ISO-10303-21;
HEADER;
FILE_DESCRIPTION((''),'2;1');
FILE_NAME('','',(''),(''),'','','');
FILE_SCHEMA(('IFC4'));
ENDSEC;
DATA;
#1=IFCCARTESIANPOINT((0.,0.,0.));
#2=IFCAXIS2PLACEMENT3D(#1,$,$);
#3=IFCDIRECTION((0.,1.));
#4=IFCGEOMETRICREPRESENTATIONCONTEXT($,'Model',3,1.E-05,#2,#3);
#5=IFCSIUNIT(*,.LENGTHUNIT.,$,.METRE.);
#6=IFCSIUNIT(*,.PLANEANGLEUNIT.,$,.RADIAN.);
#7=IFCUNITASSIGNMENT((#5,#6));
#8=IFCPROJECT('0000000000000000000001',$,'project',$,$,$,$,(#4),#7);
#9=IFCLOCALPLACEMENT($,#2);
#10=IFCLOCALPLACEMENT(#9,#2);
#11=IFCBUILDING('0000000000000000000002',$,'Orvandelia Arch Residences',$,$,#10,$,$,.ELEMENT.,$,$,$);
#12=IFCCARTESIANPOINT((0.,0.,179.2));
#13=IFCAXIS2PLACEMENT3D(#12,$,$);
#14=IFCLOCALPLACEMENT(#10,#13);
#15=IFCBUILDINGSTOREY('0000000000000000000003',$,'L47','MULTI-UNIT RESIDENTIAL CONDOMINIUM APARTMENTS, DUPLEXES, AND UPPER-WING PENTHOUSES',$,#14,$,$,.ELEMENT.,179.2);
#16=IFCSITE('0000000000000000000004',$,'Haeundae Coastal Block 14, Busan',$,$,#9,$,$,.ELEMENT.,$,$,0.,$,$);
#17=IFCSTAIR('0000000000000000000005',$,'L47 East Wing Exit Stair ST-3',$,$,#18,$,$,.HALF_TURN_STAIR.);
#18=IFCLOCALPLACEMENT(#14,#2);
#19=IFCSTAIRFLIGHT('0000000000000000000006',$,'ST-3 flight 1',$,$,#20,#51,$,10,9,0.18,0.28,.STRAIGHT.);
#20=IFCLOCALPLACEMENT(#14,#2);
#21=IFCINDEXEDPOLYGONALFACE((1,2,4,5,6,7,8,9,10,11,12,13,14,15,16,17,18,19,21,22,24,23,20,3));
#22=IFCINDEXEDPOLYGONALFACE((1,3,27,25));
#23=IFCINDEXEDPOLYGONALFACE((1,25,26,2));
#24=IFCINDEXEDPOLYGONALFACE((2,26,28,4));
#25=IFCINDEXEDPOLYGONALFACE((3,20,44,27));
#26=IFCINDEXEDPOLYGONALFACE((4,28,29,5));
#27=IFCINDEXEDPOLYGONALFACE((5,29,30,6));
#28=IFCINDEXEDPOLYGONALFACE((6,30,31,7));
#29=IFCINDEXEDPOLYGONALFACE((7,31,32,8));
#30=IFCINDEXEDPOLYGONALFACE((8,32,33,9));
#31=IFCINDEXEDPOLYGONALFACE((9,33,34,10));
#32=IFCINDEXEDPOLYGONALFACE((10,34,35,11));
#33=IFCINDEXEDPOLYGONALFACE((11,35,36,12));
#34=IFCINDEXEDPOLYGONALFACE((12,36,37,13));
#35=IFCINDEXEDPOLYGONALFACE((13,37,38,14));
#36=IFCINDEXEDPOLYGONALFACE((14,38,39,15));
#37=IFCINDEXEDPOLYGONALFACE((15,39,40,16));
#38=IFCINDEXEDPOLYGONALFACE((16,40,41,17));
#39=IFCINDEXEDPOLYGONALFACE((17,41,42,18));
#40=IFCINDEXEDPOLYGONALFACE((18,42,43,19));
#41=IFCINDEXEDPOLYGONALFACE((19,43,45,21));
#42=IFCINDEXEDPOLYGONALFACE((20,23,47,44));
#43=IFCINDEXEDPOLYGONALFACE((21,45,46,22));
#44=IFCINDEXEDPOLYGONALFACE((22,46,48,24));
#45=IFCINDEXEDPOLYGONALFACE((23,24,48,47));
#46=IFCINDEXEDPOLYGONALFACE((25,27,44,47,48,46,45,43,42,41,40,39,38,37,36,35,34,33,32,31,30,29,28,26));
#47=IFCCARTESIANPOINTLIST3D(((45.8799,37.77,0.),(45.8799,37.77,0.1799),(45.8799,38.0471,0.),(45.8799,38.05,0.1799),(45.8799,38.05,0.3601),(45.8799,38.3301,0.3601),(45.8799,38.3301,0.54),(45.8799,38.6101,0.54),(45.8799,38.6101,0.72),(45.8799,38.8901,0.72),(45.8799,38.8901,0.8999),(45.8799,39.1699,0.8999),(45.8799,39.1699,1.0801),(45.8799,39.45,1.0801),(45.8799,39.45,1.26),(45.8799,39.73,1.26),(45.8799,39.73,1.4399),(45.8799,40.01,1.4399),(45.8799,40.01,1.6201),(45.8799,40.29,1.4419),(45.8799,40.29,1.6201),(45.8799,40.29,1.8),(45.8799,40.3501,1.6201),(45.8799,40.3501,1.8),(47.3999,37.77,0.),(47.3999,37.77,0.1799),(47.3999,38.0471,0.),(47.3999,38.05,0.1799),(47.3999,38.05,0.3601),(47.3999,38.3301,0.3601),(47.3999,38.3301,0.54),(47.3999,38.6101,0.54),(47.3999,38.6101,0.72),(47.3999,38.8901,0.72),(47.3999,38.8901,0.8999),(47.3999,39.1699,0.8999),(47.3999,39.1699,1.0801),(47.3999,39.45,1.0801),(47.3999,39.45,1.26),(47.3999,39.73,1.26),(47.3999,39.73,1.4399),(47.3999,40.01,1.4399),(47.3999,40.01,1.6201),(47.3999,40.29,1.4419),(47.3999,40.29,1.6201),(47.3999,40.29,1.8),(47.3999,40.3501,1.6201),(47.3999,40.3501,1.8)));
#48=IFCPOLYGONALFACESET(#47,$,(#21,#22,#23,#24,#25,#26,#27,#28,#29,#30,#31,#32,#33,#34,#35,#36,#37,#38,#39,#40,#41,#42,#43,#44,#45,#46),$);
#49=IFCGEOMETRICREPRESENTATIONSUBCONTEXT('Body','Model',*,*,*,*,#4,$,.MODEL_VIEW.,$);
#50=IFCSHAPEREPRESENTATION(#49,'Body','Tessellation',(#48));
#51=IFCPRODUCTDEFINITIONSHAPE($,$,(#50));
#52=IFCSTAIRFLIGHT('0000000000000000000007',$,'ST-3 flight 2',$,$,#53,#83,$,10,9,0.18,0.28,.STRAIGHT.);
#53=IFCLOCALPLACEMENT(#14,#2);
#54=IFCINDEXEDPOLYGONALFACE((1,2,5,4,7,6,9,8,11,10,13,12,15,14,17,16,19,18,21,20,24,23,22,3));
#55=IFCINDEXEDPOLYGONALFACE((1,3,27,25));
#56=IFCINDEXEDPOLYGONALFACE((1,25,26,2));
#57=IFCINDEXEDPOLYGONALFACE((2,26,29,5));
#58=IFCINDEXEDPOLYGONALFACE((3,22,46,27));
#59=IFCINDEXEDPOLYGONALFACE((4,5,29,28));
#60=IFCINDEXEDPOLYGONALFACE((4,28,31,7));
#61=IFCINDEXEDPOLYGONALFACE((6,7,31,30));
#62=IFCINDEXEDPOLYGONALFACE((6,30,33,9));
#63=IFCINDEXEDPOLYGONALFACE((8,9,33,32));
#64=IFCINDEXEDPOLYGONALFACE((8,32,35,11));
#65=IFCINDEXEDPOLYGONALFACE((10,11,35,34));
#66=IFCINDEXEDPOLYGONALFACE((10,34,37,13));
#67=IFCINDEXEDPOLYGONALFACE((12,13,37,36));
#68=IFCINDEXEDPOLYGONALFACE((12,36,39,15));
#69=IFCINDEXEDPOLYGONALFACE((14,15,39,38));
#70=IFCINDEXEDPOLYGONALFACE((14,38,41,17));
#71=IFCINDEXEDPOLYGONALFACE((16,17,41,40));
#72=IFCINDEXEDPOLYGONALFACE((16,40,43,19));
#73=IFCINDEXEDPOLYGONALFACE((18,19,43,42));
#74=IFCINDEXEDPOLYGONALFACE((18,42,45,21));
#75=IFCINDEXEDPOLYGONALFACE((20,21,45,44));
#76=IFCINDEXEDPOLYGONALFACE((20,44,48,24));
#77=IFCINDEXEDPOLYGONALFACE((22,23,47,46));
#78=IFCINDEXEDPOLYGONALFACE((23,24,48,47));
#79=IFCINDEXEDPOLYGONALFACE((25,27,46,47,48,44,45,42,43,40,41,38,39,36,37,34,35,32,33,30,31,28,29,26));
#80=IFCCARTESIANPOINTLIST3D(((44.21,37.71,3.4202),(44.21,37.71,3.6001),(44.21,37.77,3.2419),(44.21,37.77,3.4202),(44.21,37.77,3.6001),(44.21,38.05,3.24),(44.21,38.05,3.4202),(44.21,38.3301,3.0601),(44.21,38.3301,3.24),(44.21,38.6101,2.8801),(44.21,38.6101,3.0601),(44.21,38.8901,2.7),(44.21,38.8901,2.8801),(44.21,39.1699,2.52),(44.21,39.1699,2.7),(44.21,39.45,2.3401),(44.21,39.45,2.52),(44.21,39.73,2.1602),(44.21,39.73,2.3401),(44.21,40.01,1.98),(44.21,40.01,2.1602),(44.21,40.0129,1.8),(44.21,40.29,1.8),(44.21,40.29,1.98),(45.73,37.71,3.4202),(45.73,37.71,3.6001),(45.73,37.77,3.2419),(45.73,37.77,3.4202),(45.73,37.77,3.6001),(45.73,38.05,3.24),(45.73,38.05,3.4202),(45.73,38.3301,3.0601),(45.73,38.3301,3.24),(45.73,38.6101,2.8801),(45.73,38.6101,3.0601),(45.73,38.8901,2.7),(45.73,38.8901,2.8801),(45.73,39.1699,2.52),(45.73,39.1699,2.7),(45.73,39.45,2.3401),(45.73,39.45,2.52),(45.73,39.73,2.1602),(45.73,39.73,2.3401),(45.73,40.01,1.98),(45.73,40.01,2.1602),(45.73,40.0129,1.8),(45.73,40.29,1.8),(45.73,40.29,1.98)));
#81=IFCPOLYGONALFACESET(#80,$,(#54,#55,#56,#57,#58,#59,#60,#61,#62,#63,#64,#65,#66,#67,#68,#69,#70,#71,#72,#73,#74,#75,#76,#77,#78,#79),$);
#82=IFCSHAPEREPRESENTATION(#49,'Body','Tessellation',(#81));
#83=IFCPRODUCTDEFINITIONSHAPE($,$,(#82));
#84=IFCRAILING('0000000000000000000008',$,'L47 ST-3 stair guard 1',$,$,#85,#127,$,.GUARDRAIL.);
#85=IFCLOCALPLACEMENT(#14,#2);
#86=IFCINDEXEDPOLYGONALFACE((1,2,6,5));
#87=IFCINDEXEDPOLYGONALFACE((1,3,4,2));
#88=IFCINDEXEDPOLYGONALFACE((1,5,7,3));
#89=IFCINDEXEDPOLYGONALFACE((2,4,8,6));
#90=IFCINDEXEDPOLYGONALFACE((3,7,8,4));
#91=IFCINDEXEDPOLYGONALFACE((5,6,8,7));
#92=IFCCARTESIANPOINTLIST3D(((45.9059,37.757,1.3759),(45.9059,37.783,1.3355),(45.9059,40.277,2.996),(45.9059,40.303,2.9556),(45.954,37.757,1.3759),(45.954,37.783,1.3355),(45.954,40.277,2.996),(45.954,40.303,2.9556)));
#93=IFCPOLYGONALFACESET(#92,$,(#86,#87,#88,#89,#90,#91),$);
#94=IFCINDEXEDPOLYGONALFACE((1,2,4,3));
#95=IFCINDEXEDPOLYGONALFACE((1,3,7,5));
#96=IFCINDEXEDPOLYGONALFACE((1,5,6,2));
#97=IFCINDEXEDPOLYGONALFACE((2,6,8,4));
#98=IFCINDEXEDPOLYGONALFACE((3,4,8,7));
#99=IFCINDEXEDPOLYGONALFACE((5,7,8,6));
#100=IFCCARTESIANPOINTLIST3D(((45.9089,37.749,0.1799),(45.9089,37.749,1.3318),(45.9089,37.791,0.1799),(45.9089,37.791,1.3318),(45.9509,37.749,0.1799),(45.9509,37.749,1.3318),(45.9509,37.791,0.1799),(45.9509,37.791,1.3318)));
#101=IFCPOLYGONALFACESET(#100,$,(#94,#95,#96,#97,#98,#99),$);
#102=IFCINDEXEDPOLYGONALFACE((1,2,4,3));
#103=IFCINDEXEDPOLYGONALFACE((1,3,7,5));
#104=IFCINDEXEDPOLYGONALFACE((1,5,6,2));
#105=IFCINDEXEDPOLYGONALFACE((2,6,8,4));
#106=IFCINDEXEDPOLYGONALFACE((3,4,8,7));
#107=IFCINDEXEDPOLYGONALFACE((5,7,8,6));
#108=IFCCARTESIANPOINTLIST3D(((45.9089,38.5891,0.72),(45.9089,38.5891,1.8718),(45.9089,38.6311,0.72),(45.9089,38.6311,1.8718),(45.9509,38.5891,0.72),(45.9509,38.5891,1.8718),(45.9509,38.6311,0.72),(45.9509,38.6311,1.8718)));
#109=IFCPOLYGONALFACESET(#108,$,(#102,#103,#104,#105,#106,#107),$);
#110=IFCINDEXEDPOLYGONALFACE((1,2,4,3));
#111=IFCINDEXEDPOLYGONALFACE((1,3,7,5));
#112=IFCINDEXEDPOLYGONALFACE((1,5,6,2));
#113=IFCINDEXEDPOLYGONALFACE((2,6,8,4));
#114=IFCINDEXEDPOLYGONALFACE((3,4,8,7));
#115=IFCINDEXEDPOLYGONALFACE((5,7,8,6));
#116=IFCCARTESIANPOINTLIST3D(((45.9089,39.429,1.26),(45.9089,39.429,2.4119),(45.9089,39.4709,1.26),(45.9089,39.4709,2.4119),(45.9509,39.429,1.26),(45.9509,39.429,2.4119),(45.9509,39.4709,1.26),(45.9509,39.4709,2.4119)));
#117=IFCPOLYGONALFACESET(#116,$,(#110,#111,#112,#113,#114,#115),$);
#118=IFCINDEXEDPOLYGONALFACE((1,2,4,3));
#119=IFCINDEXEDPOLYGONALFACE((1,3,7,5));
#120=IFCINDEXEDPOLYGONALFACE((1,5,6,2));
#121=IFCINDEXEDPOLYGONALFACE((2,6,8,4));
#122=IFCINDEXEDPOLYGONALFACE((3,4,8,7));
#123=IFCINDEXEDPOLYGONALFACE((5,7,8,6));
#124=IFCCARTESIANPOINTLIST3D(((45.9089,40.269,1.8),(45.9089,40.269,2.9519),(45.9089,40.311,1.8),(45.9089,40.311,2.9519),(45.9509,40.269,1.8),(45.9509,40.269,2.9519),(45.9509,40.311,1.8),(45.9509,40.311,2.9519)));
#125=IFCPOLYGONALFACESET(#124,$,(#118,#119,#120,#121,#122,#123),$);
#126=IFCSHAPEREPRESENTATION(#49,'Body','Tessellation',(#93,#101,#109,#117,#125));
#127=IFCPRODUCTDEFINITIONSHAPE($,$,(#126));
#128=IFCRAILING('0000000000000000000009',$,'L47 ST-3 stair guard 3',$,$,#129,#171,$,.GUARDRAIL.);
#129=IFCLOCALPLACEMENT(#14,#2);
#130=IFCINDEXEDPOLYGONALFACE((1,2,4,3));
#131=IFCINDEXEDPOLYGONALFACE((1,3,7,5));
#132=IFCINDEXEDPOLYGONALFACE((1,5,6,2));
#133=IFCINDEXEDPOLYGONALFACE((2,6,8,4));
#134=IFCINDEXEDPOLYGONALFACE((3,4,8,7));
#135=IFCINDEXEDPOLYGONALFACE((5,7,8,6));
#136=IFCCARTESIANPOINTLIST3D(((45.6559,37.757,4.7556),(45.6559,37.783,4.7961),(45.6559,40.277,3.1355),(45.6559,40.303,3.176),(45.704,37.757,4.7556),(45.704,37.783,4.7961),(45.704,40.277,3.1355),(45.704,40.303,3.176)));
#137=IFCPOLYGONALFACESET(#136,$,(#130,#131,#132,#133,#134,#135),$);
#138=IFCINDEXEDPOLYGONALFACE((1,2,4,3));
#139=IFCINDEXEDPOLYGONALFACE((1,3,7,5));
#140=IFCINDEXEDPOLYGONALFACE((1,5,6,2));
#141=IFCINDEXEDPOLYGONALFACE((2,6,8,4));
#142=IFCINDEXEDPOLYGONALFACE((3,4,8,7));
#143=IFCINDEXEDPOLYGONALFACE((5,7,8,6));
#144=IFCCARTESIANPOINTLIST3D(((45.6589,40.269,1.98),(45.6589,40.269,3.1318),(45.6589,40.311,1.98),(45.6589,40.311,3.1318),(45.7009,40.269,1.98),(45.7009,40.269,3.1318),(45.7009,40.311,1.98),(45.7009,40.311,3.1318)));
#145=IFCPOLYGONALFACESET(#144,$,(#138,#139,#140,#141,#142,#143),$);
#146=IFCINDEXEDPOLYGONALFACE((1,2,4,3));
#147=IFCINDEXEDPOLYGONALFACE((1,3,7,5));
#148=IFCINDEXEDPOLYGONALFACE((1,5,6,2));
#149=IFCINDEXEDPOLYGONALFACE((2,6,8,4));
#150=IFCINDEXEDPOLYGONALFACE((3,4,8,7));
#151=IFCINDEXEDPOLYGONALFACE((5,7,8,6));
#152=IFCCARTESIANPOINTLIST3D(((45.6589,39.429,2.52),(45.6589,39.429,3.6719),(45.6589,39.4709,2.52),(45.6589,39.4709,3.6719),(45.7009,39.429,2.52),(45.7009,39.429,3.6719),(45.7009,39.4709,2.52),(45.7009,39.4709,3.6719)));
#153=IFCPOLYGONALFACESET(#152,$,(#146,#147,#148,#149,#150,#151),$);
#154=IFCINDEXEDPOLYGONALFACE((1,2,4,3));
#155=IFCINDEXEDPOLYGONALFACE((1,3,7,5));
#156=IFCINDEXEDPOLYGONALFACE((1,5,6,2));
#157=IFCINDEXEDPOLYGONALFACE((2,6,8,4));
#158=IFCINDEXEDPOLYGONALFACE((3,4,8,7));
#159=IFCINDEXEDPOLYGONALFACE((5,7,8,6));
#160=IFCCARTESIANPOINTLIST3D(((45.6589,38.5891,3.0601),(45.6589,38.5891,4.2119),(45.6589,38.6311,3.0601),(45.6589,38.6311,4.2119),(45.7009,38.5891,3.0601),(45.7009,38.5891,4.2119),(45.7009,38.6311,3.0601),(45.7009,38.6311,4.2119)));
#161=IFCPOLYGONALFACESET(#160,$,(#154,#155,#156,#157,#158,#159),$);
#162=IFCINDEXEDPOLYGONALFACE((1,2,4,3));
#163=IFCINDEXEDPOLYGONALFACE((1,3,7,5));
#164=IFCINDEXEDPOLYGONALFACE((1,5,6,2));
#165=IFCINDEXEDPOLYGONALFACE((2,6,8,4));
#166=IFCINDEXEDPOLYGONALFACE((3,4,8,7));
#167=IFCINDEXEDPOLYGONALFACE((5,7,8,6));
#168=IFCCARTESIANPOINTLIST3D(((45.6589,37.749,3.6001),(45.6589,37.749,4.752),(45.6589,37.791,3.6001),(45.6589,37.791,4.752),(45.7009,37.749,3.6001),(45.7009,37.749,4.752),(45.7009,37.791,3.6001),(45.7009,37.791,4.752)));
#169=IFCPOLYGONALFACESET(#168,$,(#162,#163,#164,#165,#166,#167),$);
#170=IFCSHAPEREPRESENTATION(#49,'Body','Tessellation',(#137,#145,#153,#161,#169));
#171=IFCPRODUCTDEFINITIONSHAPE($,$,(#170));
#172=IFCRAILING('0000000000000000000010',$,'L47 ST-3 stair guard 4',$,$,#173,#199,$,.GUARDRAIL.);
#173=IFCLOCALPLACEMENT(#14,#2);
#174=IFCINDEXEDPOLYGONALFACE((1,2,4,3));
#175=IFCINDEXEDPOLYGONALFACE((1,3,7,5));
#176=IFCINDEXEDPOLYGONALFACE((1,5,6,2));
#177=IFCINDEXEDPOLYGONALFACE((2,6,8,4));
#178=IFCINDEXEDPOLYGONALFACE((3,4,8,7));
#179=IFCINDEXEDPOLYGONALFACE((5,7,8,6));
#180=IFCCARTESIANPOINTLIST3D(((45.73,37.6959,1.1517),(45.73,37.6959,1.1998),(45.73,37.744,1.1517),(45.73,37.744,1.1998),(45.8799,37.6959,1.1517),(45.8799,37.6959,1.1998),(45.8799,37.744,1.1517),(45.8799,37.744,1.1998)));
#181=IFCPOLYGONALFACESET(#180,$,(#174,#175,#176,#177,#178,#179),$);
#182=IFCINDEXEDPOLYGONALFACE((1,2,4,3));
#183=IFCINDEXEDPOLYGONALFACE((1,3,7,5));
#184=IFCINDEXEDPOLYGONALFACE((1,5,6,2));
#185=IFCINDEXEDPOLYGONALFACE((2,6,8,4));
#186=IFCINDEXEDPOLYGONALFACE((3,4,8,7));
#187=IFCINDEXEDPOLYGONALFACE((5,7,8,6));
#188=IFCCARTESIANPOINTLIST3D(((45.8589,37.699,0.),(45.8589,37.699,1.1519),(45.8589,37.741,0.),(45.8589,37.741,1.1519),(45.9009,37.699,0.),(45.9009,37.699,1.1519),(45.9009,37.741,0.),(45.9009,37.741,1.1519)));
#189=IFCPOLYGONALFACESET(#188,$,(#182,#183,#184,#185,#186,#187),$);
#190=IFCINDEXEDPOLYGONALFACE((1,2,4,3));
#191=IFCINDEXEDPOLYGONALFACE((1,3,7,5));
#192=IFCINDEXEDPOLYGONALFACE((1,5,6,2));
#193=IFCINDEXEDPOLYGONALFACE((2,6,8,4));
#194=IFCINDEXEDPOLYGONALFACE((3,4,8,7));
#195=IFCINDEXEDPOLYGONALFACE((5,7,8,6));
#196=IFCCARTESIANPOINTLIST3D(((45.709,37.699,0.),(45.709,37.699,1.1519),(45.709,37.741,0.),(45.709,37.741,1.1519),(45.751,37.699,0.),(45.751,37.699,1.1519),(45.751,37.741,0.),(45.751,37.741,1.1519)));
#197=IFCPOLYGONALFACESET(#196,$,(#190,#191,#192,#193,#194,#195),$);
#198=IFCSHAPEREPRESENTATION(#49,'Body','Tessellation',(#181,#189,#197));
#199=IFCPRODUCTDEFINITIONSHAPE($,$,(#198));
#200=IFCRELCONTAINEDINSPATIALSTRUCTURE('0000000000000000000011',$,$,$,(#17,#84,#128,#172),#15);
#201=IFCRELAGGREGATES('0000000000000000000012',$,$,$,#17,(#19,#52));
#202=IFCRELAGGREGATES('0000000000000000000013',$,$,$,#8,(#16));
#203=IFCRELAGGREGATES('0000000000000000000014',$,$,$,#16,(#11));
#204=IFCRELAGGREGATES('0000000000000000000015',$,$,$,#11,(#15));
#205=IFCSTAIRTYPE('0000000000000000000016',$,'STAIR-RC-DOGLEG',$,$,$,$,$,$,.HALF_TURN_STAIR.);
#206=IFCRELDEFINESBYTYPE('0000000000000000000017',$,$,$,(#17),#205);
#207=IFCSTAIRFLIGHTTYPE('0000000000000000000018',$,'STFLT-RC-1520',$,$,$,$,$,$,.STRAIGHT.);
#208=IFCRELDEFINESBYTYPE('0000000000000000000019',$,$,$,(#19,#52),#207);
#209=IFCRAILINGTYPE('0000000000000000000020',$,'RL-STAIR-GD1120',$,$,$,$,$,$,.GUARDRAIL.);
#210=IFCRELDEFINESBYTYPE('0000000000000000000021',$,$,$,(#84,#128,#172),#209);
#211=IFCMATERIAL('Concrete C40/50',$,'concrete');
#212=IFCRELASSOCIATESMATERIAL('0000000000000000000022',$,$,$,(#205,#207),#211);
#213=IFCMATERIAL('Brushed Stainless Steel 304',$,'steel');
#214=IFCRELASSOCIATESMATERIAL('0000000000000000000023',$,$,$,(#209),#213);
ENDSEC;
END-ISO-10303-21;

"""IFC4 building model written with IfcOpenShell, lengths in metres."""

from ifc_helpers import new_model, si_unit, direction, frame, origin, origin_2d, place, context, subcontext, project, spatial, polyline, rectangle, outline, extrude, material, type_object, element, aggregate, save


model = new_model("IFC4")

# Units and contexts
model_context = context("Model", 3, precision=1e-05, world=origin(), true_north=direction((0.0, 1.0)))
body_context = subcontext(model_context, "Body", "Model", "MODEL_VIEW")
ifc_project = project(units=[si_unit("LENGTHUNIT", "METRE"), si_unit("PLANEANGLEUNIT", "RADIAN")], contexts=[model_context])

# Site, building, storey
site_placement = place(None, origin())
site = spatial("IfcSite", under=ifc_project, at=site_placement, Name="Haeundae Coastal Block 14, Busan", CompositionType="ELEMENT", RefElevation=0.0)
building_placement = place(site_placement, origin())
building = spatial("IfcBuilding", under=site, at=building_placement, Name="Orvandelia Arch Residences", CompositionType="ELEMENT")
storey_placement = place(building_placement, frame((0.0, 0.0, 179.2)))
storey = spatial("IfcBuildingStorey", under=building, at=storey_placement, Name="L47", Description="MULTI-UNIT RESIDENTIAL CONDOMINIUM APARTMENTS, DUPLEXES, AND UPPER-WING PENTHOUSES", CompositionType="ELEMENT", Elevation=179.2)

# Stair, stair flights
ifc_material_1 = material(Name="Concrete C40/50", Category="concrete")
stair_type = type_object("IfcStairType", Name="STAIR-RC-DOGLEG", PredefinedType="HALF_TURN_STAIR", material=ifc_material_1)
stair_placement = place(storey_placement, origin())
stair = element("IfcStair", 1, at=stair_placement, inside=storey, type_object=stair_type, Name="L47 East Wing Exit Stair ST-3", PredefinedType="HALF_TURN_STAIR")
stair_flight_type = type_object("IfcStairFlightType", Name="STFLT-RC-1520", PredefinedType="STRAIGHT", material=ifc_material_1)
stair_flight_1_placement = place(storey_placement, frame((46.6399, 37.77, 0.0), z_axis=(0.0, 0.0, 1.0), x_axis=(0.0, 1.0, 0.0)))
stair_flight_1 = element("IfcStairFlight", 2, at=stair_flight_1_placement, type_object=stair_flight_type, Name="ST-3 flight 1", NumberOfRisers=10, NumberOfTreads=9, PredefinedType="STRAIGHT", RiserHeight=0.18, TreadLength=0.28, context=body_context, shape_type="SweptSolid", body=[
    extrude(outline(polyline([(0.0, 0.0), (0.0, 0.1799), (0.28, 0.1799), (0.28, 0.3601), (0.5601, 0.3601), (0.5601, 0.54), (0.8401, 0.54), (0.8401, 0.72), (1.1201, 0.72), (1.1201, 0.8999), (1.3999, 0.8999), (1.3999, 1.0801), (1.6799, 1.0801), (1.6799, 1.26), (1.96, 1.26), (1.96, 1.4399), (2.24, 1.4399), (2.24, 1.6201), (2.52, 1.6201), (2.52, 1.8), (2.5801, 1.8), (2.5801, 1.6201), (2.52, 1.4419), (0.2771, 0.0), (0.0, 0.0)])), frame((0.0, 0.76, 0.0), z_axis=(0.0, -1.0, 0.0), x_axis=(1.0, 0.0, 0.0)), (0.0, 0.0, 1.0), 1.52),
])
stair_flight_2_placement = place(storey_placement, frame((44.97, 40.29, 1.8), z_axis=(0.0, 0.0, 1.0), x_axis=(0.0, -1.0, 0.0)))
stair_flight_2 = element("IfcStairFlight", 3, at=stair_flight_2_placement, type_object=stair_flight_type, Name="ST-3 flight 2", NumberOfRisers=10, NumberOfTreads=9, PredefinedType="STRAIGHT", RiserHeight=0.18, TreadLength=0.28, context=body_context, shape_type="SweptSolid", body=[
    extrude(outline(polyline([(0.0, 0.0), (0.0, 0.1799), (0.28, 0.1799), (0.28, 0.3601), (0.5601, 0.3601), (0.5601, 0.54), (0.8401, 0.54), (0.8401, 0.72), (1.1201, 0.72), (1.1201, 0.8999), (1.3999, 0.8999), (1.3999, 1.0801), (1.6799, 1.0801), (1.6799, 1.26), (1.96, 1.26), (1.96, 1.4399), (2.24, 1.4399), (2.24, 1.6201), (2.52, 1.6201), (2.52, 1.8), (2.5801, 1.8), (2.5801, 1.6201), (2.52, 1.4419), (0.2771, 0.0), (0.0, 0.0)])), frame((0.0, 0.76, 0.0), z_axis=(0.0, -1.0, 0.0), x_axis=(1.0, 0.0, 0.0)), (0.0, 0.0, 1.0), 1.52),
])
aggregate(stair, [stair_flight_1, stair_flight_2])

# Railings
ifc_material_2 = material(Name="Brushed Stainless Steel 304", Category="steel")
railing_type_1 = type_object("IfcRailingType", Name="RL-STAIR-GD1120", PredefinedType="GUARDRAIL", material=ifc_material_2)
railing_1_placement = place(storey_placement, frame((45.9299, 37.77, 0.1799)))
element("IfcRailing", 4, at=railing_1_placement, inside=storey, type_object=railing_type_1, Name="L47 ST-3 stair guard 1", PredefinedType="GUARDRAIL", context=body_context, shape_type="SweptSolid", body=[
    extrude(rectangle(XDim=0.0481, YDim=0.0481, at=origin_2d()), frame((0.0, 0.0, 1.1758), z_axis=(0.0, 0.841163, 0.540782), x_axis=(-1.0, 0.0, 0.0)), (0.0, 0.0, 1.0), 2.9958),
    extrude(rectangle(XDim=0.042, YDim=0.042, at=origin_2d()), origin(), (0.0, 0.0, 1.0), 1.1519),
    extrude(rectangle(XDim=0.042, YDim=0.042, at=origin_2d()), frame((0.0, 0.8401, 0.54)), (0.0, 0.0, 1.0), 1.1519),
    extrude(rectangle(XDim=0.042, YDim=0.042, at=origin_2d()), frame((0.0, 1.6799, 1.0801)), (0.0, 0.0, 1.0), 1.1519),
    extrude(rectangle(XDim=0.042, YDim=0.042, at=origin_2d()), frame((0.0, 2.52, 1.6201)), (0.0, 0.0, 1.0), 1.1519),
])
railing_2_placement = place(storey_placement, frame((45.6799, 40.29, 1.98)))
element("IfcRailing", 5, at=railing_2_placement, inside=storey, type_object=railing_type_1, Name="L47 ST-3 stair guard 3", PredefinedType="GUARDRAIL", context=body_context, shape_type="SweptSolid", body=[
    extrude(rectangle(XDim=0.0481, YDim=0.0481, at=origin_2d()), frame((0.0, 0.0, 1.1758), z_axis=(0.0, -0.841163, 0.540782), x_axis=(1.0, 0.0, 0.0)), (0.0, 0.0, 1.0), 2.9958),
    extrude(rectangle(XDim=0.042, YDim=0.042, at=origin_2d()), origin(), (0.0, 0.0, 1.0), 1.1519),
    extrude(rectangle(XDim=0.042, YDim=0.042, at=origin_2d()), frame((0.0, -0.8401, 0.54)), (0.0, 0.0, 1.0), 1.1519),
    extrude(rectangle(XDim=0.042, YDim=0.042, at=origin_2d()), frame((0.0, -1.6799, 1.0801)), (0.0, 0.0, 1.0), 1.1519),
    extrude(rectangle(XDim=0.042, YDim=0.042, at=origin_2d()), frame((0.0, -2.52, 1.6201)), (0.0, 0.0, 1.0), 1.1519),
])
railing_3_placement = place(storey_placement, frame((45.8799, 37.72, 0.0)))
element("IfcRailing", 6, at=railing_3_placement, inside=storey, type_object=railing_type_1, Name="L47 ST-3 stair guard 4", PredefinedType="GUARDRAIL", context=body_context, shape_type="SweptSolid", body=[
    extrude(rectangle(XDim=0.0481, YDim=0.0481, at=origin_2d()), frame((0.0, 0.0, 1.1758), z_axis=(-1.0, 0.0, 0.0), x_axis=(0.0, -1.0, 0.0)), (0.0, 0.0, 1.0), 0.1499),
    extrude(rectangle(XDim=0.042, YDim=0.042, at=origin_2d()), origin(), (0.0, 0.0, 1.0), 1.1519),
    extrude(rectangle(XDim=0.042, YDim=0.042, at=origin_2d()), frame((-0.1499, 0.0, 0.0)), (0.0, 0.0, 1.0), 1.1519),
])

save(model, "model.ifc")
